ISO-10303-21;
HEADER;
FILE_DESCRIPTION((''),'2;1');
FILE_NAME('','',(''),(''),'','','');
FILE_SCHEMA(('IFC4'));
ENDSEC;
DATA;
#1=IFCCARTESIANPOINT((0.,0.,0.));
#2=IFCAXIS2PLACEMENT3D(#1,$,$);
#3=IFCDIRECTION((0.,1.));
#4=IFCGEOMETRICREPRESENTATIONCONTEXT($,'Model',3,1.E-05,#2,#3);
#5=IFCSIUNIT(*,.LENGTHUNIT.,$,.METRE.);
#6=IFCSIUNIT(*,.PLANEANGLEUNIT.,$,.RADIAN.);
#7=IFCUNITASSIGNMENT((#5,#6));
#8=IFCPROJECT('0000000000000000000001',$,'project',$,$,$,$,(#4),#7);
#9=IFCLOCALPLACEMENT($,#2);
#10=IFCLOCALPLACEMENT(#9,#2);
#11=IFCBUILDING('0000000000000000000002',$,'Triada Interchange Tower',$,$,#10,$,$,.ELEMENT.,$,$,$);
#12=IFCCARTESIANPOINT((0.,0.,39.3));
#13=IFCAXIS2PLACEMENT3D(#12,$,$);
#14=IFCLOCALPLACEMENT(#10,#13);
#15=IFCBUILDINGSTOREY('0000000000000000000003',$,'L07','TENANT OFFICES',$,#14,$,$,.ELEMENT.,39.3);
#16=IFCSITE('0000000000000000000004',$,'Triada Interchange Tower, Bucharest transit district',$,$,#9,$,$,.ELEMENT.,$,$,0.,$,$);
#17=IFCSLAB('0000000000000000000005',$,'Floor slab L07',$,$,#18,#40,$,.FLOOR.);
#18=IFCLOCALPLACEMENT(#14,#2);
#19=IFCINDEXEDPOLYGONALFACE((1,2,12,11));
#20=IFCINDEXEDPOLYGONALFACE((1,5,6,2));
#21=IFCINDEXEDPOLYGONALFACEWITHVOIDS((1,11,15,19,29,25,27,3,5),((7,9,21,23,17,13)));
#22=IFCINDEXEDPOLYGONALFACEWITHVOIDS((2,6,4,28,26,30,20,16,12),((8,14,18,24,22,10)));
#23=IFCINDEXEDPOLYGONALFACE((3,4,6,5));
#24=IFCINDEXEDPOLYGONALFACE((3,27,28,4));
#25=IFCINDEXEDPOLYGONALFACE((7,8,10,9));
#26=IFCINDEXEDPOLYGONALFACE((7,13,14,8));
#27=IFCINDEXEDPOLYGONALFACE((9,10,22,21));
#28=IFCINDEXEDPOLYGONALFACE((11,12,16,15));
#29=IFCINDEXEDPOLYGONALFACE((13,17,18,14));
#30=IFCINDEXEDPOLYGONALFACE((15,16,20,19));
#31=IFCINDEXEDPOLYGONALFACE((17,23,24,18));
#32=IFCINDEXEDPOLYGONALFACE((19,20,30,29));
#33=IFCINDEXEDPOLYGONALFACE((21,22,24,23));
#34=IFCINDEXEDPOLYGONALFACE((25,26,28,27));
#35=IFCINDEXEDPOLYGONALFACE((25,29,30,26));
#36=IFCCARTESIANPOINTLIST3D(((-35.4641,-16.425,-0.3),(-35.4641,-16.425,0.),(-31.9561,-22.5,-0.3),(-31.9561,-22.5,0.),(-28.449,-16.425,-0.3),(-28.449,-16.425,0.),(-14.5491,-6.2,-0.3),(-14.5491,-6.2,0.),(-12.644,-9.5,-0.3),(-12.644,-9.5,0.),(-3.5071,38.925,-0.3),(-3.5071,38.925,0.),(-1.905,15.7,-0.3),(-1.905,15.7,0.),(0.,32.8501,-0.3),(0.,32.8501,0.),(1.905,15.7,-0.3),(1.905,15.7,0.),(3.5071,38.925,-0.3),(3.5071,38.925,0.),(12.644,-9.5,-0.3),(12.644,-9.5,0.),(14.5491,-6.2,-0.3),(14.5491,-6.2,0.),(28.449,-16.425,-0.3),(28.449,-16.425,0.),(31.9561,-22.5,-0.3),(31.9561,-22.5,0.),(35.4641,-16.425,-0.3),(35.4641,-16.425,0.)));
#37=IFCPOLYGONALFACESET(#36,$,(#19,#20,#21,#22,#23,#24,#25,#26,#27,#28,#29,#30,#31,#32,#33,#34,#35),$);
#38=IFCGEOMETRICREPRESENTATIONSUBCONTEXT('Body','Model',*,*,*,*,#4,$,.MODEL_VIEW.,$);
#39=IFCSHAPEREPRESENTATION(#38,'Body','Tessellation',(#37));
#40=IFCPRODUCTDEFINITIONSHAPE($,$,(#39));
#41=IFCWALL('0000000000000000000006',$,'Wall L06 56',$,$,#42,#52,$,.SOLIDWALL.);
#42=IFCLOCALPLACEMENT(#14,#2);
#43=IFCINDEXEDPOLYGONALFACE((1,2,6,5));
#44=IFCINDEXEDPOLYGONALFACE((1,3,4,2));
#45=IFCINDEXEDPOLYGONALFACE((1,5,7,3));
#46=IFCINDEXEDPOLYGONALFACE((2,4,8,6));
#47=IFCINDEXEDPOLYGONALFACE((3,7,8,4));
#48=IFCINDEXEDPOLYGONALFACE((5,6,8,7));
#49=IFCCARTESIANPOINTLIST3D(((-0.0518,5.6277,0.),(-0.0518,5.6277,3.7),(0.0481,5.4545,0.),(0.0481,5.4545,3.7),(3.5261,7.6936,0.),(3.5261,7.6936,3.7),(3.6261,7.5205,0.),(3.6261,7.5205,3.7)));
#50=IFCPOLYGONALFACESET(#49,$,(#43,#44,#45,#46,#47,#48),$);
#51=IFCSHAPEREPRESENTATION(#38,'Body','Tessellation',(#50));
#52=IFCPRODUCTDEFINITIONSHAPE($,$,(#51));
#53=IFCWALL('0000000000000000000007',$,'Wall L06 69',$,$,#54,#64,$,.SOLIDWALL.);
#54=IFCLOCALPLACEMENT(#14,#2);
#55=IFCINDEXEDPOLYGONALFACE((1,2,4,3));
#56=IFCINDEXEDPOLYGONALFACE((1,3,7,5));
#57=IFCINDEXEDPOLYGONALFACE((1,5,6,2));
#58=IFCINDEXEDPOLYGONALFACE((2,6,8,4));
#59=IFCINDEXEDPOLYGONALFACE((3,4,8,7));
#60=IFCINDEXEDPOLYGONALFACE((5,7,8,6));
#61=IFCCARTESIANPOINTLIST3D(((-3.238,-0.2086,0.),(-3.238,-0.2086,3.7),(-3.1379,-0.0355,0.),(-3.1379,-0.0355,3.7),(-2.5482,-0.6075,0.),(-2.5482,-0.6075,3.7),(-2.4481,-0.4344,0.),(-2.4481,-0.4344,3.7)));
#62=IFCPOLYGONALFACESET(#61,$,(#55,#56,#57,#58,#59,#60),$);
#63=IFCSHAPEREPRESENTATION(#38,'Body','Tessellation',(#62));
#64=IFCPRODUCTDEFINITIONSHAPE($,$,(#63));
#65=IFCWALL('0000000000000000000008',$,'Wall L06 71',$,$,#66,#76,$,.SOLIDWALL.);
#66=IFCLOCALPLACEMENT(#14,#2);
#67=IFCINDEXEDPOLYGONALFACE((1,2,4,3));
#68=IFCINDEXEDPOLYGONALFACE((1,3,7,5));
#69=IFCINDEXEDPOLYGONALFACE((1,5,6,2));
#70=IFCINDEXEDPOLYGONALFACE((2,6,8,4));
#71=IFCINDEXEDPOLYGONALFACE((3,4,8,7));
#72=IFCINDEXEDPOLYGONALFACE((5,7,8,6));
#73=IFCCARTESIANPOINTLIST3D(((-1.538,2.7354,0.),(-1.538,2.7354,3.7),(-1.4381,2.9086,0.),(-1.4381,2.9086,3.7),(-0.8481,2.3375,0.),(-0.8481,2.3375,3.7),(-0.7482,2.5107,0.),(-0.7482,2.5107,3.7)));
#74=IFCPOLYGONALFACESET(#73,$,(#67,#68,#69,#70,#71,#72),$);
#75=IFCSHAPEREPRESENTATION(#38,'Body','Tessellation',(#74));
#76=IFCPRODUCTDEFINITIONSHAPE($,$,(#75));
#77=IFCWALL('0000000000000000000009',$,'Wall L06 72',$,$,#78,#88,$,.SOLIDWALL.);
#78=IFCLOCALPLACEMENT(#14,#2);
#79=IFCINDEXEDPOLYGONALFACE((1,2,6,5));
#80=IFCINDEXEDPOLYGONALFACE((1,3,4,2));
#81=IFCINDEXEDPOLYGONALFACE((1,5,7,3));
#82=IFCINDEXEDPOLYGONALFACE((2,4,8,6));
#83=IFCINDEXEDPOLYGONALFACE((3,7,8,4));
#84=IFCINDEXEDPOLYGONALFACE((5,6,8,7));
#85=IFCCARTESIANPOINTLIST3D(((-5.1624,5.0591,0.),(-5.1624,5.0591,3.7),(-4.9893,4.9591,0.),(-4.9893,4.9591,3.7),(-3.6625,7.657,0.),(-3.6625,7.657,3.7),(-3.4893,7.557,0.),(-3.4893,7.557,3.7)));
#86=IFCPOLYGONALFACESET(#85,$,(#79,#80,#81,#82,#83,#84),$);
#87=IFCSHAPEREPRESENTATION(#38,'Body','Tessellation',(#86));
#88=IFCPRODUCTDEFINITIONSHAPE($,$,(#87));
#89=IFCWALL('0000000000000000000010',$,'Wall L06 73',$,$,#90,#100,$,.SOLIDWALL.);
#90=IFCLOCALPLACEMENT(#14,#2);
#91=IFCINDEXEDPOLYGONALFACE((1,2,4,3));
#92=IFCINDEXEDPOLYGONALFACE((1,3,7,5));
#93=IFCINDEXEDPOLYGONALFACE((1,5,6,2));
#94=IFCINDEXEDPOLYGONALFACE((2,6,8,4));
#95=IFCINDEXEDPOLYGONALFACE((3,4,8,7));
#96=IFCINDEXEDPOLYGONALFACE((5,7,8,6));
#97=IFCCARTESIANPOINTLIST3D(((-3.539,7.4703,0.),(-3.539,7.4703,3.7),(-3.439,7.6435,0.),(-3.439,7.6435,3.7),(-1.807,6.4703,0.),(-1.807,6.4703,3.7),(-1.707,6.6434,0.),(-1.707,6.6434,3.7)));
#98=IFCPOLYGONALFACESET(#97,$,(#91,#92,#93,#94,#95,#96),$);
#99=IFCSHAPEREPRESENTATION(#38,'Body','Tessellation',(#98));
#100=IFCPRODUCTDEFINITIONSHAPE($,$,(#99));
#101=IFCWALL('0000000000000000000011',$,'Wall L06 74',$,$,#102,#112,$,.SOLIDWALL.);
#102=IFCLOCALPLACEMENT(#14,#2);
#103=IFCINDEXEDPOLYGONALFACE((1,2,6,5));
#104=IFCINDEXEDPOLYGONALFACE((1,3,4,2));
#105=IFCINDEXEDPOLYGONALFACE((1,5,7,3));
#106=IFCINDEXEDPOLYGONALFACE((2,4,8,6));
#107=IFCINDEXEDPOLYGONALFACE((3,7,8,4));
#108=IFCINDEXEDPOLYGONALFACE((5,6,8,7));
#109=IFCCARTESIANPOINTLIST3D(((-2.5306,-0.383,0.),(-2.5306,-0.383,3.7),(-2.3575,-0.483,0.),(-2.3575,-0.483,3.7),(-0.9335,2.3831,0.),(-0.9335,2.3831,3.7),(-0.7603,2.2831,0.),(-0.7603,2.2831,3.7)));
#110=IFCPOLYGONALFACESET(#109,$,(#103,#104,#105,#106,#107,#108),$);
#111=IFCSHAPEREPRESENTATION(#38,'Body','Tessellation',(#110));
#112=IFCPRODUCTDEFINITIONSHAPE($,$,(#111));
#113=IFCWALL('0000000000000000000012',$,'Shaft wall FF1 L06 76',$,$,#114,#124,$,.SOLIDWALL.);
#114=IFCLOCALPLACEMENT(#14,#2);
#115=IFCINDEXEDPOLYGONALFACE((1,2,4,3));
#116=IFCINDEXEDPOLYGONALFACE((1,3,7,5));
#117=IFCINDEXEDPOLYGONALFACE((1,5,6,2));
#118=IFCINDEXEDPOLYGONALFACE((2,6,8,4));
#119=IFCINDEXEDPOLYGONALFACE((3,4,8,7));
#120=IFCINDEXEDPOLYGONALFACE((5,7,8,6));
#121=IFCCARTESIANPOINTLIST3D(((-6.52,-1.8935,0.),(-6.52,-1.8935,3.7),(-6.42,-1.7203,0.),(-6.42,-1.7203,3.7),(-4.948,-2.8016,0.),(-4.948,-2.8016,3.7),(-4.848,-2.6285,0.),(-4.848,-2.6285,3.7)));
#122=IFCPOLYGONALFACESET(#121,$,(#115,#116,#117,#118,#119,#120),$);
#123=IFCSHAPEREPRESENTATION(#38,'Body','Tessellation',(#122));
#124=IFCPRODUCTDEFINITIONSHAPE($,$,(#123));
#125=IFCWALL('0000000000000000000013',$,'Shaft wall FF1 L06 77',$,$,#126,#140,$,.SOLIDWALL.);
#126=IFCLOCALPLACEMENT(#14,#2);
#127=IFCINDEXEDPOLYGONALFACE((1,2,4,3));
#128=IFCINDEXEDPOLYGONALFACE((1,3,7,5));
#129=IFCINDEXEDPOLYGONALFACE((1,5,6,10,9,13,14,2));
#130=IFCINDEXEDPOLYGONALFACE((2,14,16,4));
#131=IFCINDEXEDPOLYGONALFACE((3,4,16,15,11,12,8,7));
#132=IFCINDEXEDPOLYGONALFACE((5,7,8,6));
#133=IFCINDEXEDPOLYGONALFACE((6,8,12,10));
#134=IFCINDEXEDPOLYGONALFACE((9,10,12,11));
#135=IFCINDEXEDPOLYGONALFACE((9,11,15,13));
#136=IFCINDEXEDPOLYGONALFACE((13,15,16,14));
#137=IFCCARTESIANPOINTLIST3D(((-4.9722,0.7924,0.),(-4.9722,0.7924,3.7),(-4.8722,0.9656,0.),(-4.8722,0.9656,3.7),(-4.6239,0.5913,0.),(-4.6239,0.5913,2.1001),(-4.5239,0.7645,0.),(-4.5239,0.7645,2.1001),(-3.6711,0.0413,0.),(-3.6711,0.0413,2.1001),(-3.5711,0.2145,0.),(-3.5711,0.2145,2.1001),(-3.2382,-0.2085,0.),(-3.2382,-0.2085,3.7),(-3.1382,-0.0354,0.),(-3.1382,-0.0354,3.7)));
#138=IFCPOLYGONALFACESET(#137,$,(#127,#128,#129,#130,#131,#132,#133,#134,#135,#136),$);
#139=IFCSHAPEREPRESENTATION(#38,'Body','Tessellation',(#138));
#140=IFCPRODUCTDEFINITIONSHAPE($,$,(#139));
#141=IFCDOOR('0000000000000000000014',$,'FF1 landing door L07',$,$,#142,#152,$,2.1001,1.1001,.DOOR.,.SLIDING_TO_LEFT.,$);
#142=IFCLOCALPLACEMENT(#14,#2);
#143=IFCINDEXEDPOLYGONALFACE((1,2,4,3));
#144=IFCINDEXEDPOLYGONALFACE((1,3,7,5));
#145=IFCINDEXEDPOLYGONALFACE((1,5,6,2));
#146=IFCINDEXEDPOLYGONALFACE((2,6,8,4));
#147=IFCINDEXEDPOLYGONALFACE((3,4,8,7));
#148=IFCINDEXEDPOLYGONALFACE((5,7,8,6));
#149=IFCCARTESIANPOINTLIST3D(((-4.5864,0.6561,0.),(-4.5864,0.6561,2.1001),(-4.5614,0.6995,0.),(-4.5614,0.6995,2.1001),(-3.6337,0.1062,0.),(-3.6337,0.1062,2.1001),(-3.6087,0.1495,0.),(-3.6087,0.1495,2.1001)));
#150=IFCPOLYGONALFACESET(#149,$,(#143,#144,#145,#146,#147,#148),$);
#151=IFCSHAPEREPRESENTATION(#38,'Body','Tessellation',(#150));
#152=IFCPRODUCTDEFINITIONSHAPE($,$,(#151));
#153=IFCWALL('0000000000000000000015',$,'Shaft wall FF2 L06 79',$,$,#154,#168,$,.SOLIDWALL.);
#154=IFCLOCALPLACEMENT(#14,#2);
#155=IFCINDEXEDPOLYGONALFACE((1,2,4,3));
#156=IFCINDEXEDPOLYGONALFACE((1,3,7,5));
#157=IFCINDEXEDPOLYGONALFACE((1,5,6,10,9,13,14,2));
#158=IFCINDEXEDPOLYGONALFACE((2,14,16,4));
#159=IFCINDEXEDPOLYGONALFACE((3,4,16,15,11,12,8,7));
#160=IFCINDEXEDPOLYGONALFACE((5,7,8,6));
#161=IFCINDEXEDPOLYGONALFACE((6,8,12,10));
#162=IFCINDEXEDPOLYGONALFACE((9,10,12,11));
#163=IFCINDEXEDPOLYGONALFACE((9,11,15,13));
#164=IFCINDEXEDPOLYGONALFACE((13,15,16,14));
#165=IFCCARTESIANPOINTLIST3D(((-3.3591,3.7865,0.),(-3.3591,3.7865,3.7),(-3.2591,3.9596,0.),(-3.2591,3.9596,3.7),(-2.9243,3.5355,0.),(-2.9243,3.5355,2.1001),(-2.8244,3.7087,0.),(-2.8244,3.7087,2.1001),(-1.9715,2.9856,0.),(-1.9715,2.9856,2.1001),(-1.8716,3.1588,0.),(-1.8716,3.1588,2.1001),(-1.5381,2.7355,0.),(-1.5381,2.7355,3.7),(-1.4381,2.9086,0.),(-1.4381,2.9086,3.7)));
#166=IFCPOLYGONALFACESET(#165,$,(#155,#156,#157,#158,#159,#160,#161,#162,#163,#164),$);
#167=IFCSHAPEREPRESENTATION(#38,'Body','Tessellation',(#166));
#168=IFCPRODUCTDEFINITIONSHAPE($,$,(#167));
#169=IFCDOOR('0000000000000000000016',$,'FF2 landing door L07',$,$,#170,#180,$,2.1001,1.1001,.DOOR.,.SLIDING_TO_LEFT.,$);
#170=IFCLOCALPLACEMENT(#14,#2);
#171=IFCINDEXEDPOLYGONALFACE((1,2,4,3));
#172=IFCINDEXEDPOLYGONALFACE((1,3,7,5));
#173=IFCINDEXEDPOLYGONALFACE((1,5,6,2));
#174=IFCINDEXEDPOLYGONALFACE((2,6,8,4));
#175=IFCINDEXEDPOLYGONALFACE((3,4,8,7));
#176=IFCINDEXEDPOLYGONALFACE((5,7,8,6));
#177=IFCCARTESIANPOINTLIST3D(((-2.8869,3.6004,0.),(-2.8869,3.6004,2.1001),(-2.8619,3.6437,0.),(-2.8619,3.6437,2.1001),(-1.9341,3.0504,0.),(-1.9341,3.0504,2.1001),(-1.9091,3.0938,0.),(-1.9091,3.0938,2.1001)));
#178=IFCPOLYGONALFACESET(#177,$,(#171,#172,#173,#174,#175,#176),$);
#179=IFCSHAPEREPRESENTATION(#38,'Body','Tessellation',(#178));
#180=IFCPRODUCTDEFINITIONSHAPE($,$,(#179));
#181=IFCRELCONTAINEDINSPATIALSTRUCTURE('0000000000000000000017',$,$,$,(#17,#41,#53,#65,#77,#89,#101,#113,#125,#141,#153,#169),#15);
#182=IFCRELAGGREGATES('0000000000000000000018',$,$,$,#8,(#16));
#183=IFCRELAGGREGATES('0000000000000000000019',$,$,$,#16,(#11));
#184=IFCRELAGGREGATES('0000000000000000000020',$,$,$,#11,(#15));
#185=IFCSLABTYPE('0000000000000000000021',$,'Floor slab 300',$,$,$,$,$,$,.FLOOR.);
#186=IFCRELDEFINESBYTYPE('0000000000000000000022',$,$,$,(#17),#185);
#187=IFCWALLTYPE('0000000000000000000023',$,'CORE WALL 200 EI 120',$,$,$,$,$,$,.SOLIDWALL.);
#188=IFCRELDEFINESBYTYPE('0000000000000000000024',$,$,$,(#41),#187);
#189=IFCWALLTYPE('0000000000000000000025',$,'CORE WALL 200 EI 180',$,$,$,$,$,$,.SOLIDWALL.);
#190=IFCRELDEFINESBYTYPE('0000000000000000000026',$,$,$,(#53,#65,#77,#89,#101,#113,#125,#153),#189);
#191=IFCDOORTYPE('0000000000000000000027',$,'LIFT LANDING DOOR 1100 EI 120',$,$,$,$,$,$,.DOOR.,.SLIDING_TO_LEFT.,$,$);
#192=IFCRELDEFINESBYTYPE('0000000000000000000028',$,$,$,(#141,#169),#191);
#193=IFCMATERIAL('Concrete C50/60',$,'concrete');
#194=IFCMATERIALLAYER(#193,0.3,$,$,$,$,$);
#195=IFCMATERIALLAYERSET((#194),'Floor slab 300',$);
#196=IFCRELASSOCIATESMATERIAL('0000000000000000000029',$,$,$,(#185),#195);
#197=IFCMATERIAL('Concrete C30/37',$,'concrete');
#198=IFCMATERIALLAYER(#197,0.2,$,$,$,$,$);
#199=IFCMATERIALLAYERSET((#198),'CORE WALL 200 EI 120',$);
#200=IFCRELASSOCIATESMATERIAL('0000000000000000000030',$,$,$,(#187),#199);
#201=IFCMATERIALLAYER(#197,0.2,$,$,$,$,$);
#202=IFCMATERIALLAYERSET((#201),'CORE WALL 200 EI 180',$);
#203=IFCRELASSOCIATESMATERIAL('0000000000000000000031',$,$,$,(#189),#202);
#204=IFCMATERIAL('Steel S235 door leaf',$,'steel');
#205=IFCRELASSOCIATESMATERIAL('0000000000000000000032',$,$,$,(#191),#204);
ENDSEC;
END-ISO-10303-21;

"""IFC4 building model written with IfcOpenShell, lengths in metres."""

from ifc_helpers import new_model, si_unit, direction, frame, frame_2d, origin, place, context, subcontext, project, spatial, polyline, rectangle, outline, extrude, material, layer, layer_set, type_object, element, fill, save


model = new_model("IFC4")

# Units and contexts
model_context = context("Model", 3, precision=1e-05, world=origin(), true_north=direction((0.0, 1.0)))
body_context = subcontext(model_context, "Body", "Model", "MODEL_VIEW")
ifc_project = project(units=[si_unit("LENGTHUNIT", "METRE"), si_unit("PLANEANGLEUNIT", "RADIAN")], contexts=[model_context])

# Site, building, storey
site_placement = place(None, origin())
site = spatial("IfcSite", under=ifc_project, at=site_placement, Name="Triada Interchange Tower, Bucharest transit district", CompositionType="ELEMENT", RefElevation=0.0)
building_placement = place(site_placement, origin())
building = spatial("IfcBuilding", under=site, at=building_placement, Name="Triada Interchange Tower", CompositionType="ELEMENT")
storey_placement = place(building_placement, frame((0.0, 0.0, 39.3)))
storey = spatial("IfcBuildingStorey", under=building, at=storey_placement, Name="L07", Description="TENANT OFFICES", CompositionType="ELEMENT", Elevation=39.3)

# Slab
ifc_material_1 = material(Name="Concrete C50/60", Category="concrete")
ifc_layer_1 = layer(ifc_material_1, 0.3)
ifc_layer_set_1 = layer_set([ifc_layer_1], Name="Floor slab 300")
slab_type = type_object("IfcSlabType", Name="Floor slab 300", PredefinedType="FLOOR", material=ifc_layer_set_1)
slab_placement = place(storey_placement, frame((0.0, 0.0, -0.3)))
element("IfcSlab", 1, at=slab_placement, inside=storey, type_object=slab_type, Name="Floor slab L07", PredefinedType="FLOOR", context=body_context, shape_type="SweptSolid", body=[
    extrude(outline(polyline([(-3.5071, 38.925), (-35.4641, -16.425), (-28.449, -16.425), (-31.9561, -22.5), (31.9561, -22.5), (28.449, -16.425), (35.4641, -16.425), (3.5071, 38.925), (0.0, 32.8501), (-3.5071, 38.925)]), holes=[polyline([(1.905, 15.7), (-1.905, 15.7), (-14.5491, -6.2), (-12.644, -9.5), (12.644, -9.5), (14.5491, -6.2), (1.905, 15.7)])]), origin(), (0.0, 0.0, 1.0), 0.3),
])

# Walls
ifc_material_2 = material(Name="Concrete C30/37", Category="concrete")
ifc_layer_2 = layer(ifc_material_2, 0.2)
ifc_layer_set_2 = layer_set([ifc_layer_2], Name="CORE WALL 200 EI 120")
wall_type_1 = type_object("IfcWallType", Name="CORE WALL 200 EI 120", PredefinedType="SOLIDWALL", material=ifc_layer_set_2)
wall_1_placement = place(storey_placement, frame((-0.002, 5.541, 0.0), z_axis=(0.0, 0.0, 1.0), x_axis=(0.866002, 0.500041, 0.0)))
element("IfcWall", 2, at=wall_1_placement, inside=storey, type_object=wall_type_1, Name="Wall L06 56", PredefinedType="SOLIDWALL", context=body_context, shape_type="SweptSolid", body=[
    extrude(rectangle(XDim=4.1316, YDim=0.2, at=frame_2d((2.0659, 0.0))), origin(), (0.0, 0.0, 1.0), 3.7),
])
ifc_layer_3 = layer(ifc_material_2, 0.2)
ifc_layer_set_3 = layer_set([ifc_layer_3], Name="CORE WALL 200 EI 180")
wall_type_2 = type_object("IfcWallType", Name="CORE WALL 200 EI 180", PredefinedType="SOLIDWALL", material=ifc_layer_set_3)
wall_2_placement = place(storey_placement, frame((-3.188, -0.1221, 0.0), z_axis=(0.0, 0.0, 1.0), x_axis=(0.865706, -0.500553, 0.0)))
element("IfcWall", 3, at=wall_2_placement, inside=storey, type_object=wall_type_2, Name="Wall L06 69", PredefinedType="SOLIDWALL", context=body_context, shape_type="SweptSolid", body=[
    extrude(rectangle(XDim=0.7969, YDim=0.2, at=frame_2d((0.3984, 0.0))), origin(), (0.0, 0.0, 1.0), 3.7),
])
wall_3_placement = place(storey_placement, frame((-1.488, 2.822, 0.0), z_axis=(0.0, 0.0, 1.0), x_axis=(0.866237, -0.499634, 0.0)))
element("IfcWall", 4, at=wall_3_placement, inside=storey, type_object=wall_type_2, Name="Wall L06 71", PredefinedType="SOLIDWALL", context=body_context, shape_type="SweptSolid", body=[
    extrude(rectangle(XDim=0.7964, YDim=0.2, at=frame_2d((0.3982, 0.0))), origin(), (0.0, 0.0, 1.0), 3.7),
])
wall_4_placement = place(storey_placement, frame((-5.0759, 5.009, 0.0), z_axis=(0.0, 0.0, 1.0), x_axis=(0.500025, 0.866011, 0.0)))
element("IfcWall", 5, at=wall_4_placement, inside=storey, type_object=wall_type_2, Name="Wall L06 72", PredefinedType="SOLIDWALL", context=body_context, shape_type="SweptSolid", body=[
    extrude(rectangle(XDim=2.9998, YDim=0.2, at=frame_2d((1.5, 0.0))), origin(), (0.0, 0.0, 1.0), 3.7),
])
wall_5_placement = place(storey_placement, frame((-3.489, 7.5569, 0.0), z_axis=(0.0, 0.0, 1.0), x_axis=(0.866011, -0.500025, 0.0)))
element("IfcWall", 6, at=wall_5_placement, inside=storey, type_object=wall_type_2, Name="Wall L06 73", PredefinedType="SOLIDWALL", context=body_context, shape_type="SweptSolid", body=[
    extrude(rectangle(XDim=2.0, YDim=0.2, at=frame_2d((1.0, 0.0))), origin(), (0.0, 0.0, 1.0), 3.7),
])
wall_6_placement = place(storey_placement, frame((-2.4441, -0.4331, 0.0), z_axis=(0.0, 0.0, 1.0), x_axis=(0.500036, 0.866005, 0.0)))
element("IfcWall", 7, at=wall_6_placement, inside=storey, type_object=wall_type_2, Name="Wall L06 74", PredefinedType="SOLIDWALL", context=body_context, shape_type="SweptSolid", body=[
    extrude(rectangle(XDim=3.1941, YDim=0.2, at=frame_2d((1.5972, 0.0))), origin(), (0.0, 0.0, 1.0), 3.7),
])
wall_7_placement = place(storey_placement, frame((-6.47, -1.8069, 0.0), z_axis=(0.0, 0.0, 1.0), x_axis=(0.865883, -0.500246, 0.0)))
element("IfcWall", 8, at=wall_7_placement, inside=storey, type_object=wall_type_2, Name="Shaft wall FF1 L06 76", PredefinedType="SOLIDWALL", context=body_context, shape_type="SweptSolid", body=[
    extrude(rectangle(XDim=1.8154, YDim=0.2, at=frame_2d((0.9077, 0.0))), origin(), (0.0, 0.0, 1.0), 3.7),
])

# Walls, openings, doors
wall_8_placement = place(storey_placement, frame((-4.9221, 0.8789, 0.0), z_axis=(0.0, 0.0, 1.0), x_axis=(0.866074, -0.499916, 0.0)))
wall_8 = element("IfcWall", 9, at=wall_8_placement, inside=storey, type_object=wall_type_2, Name="Shaft wall FF1 L06 77", PredefinedType="SOLIDWALL", context=body_context, shape_type="SweptSolid", body=[
    extrude(rectangle(XDim=2.0022, YDim=0.2, at=frame_2d((1.001, 0.0))), origin(), (0.0, 0.0, 1.0), 3.7),
])
opening_1_placement = place(wall_8_placement, frame((0.4021, 0.0, 0.0)))
opening_1 = element("IfcOpeningElement", 10, at=opening_1_placement, cuts=wall_8, PredefinedType="OPENING", context=body_context, shape_type="SweptSolid", body=[
    extrude(rectangle(XDim=1.1001, YDim=2.1001, at=frame_2d((0.55, 1.05))), frame((0.0, 0.1099, 0.0), z_axis=(0.0, -1.0, 0.0), x_axis=(1.0, 0.0, 0.0)), (0.0, 0.0, 1.0), 0.22),
])
ifc_material_3 = material(Name="Steel S235 door leaf", Category="steel")
door_type = type_object("IfcDoorType", Name="LIFT LANDING DOOR 1100 EI 120", OperationType="SLIDING_TO_LEFT", PredefinedType="DOOR", material=ifc_material_3)
door_1_placement = place(opening_1_placement, origin())
door_1 = element("IfcDoor", 11, at=door_1_placement, inside=storey, type_object=door_type, Name="FF1 landing door L07", OperationType="SLIDING_TO_LEFT", OverallHeight=2.1001, OverallWidth=1.1001, PredefinedType="DOOR", context=body_context, shape_type="SweptSolid", body=[
    extrude(rectangle(XDim=1.1001, YDim=2.1001, at=frame_2d((0.55, 1.05))), frame((0.0, 0.0249, 0.0), z_axis=(0.0, -1.0, 0.0), x_axis=(1.0, 0.0, 0.0)), (0.0, 0.0, 1.0), 0.05),
])
fill(opening_1, door_1)
wall_9_placement = place(storey_placement, frame((-3.3091, 3.873, 0.0), z_axis=(0.0, 0.0, 1.0), x_axis=(0.866099, -0.499873, 0.0)))
wall_9 = element("IfcWall", 12, at=wall_9_placement, inside=storey, type_object=wall_type_2, Name="Shaft wall FF2 L06 79", PredefinedType="SOLIDWALL", context=body_context, shape_type="SweptSolid", body=[
    extrude(rectangle(XDim=2.1025, YDim=0.2, at=frame_2d((1.0513, 0.0))), origin(), (0.0, 0.0, 1.0), 3.7),
])
opening_2_placement = place(wall_9_placement, frame((0.502, 0.0, 0.0)))
opening_2 = element("IfcOpeningElement", 13, at=opening_2_placement, cuts=wall_9, PredefinedType="OPENING", context=body_context, shape_type="SweptSolid", body=[
    extrude(rectangle(XDim=1.1001, YDim=2.1001, at=frame_2d((0.55, 1.05))), frame((0.0, 0.1099, 0.0), z_axis=(0.0, -1.0, 0.0), x_axis=(1.0, 0.0, 0.0)), (0.0, 0.0, 1.0), 0.22),
])
door_2_placement = place(opening_2_placement, origin())
door_2 = element("IfcDoor", 14, at=door_2_placement, inside=storey, type_object=door_type, Name="FF2 landing door L07", OperationType="SLIDING_TO_LEFT", OverallHeight=2.1001, OverallWidth=1.1001, PredefinedType="DOOR", context=body_context, shape_type="SweptSolid", body=[
    extrude(rectangle(XDim=1.1001, YDim=2.1001, at=frame_2d((0.55, 1.05))), frame((0.0, 0.0249, 0.0), z_axis=(0.0, -1.0, 0.0), x_axis=(1.0, 0.0, 0.0)), (0.0, 0.0, 1.0), 0.05),
])
fill(opening_2, door_2)

save(model, "model.ifc")
